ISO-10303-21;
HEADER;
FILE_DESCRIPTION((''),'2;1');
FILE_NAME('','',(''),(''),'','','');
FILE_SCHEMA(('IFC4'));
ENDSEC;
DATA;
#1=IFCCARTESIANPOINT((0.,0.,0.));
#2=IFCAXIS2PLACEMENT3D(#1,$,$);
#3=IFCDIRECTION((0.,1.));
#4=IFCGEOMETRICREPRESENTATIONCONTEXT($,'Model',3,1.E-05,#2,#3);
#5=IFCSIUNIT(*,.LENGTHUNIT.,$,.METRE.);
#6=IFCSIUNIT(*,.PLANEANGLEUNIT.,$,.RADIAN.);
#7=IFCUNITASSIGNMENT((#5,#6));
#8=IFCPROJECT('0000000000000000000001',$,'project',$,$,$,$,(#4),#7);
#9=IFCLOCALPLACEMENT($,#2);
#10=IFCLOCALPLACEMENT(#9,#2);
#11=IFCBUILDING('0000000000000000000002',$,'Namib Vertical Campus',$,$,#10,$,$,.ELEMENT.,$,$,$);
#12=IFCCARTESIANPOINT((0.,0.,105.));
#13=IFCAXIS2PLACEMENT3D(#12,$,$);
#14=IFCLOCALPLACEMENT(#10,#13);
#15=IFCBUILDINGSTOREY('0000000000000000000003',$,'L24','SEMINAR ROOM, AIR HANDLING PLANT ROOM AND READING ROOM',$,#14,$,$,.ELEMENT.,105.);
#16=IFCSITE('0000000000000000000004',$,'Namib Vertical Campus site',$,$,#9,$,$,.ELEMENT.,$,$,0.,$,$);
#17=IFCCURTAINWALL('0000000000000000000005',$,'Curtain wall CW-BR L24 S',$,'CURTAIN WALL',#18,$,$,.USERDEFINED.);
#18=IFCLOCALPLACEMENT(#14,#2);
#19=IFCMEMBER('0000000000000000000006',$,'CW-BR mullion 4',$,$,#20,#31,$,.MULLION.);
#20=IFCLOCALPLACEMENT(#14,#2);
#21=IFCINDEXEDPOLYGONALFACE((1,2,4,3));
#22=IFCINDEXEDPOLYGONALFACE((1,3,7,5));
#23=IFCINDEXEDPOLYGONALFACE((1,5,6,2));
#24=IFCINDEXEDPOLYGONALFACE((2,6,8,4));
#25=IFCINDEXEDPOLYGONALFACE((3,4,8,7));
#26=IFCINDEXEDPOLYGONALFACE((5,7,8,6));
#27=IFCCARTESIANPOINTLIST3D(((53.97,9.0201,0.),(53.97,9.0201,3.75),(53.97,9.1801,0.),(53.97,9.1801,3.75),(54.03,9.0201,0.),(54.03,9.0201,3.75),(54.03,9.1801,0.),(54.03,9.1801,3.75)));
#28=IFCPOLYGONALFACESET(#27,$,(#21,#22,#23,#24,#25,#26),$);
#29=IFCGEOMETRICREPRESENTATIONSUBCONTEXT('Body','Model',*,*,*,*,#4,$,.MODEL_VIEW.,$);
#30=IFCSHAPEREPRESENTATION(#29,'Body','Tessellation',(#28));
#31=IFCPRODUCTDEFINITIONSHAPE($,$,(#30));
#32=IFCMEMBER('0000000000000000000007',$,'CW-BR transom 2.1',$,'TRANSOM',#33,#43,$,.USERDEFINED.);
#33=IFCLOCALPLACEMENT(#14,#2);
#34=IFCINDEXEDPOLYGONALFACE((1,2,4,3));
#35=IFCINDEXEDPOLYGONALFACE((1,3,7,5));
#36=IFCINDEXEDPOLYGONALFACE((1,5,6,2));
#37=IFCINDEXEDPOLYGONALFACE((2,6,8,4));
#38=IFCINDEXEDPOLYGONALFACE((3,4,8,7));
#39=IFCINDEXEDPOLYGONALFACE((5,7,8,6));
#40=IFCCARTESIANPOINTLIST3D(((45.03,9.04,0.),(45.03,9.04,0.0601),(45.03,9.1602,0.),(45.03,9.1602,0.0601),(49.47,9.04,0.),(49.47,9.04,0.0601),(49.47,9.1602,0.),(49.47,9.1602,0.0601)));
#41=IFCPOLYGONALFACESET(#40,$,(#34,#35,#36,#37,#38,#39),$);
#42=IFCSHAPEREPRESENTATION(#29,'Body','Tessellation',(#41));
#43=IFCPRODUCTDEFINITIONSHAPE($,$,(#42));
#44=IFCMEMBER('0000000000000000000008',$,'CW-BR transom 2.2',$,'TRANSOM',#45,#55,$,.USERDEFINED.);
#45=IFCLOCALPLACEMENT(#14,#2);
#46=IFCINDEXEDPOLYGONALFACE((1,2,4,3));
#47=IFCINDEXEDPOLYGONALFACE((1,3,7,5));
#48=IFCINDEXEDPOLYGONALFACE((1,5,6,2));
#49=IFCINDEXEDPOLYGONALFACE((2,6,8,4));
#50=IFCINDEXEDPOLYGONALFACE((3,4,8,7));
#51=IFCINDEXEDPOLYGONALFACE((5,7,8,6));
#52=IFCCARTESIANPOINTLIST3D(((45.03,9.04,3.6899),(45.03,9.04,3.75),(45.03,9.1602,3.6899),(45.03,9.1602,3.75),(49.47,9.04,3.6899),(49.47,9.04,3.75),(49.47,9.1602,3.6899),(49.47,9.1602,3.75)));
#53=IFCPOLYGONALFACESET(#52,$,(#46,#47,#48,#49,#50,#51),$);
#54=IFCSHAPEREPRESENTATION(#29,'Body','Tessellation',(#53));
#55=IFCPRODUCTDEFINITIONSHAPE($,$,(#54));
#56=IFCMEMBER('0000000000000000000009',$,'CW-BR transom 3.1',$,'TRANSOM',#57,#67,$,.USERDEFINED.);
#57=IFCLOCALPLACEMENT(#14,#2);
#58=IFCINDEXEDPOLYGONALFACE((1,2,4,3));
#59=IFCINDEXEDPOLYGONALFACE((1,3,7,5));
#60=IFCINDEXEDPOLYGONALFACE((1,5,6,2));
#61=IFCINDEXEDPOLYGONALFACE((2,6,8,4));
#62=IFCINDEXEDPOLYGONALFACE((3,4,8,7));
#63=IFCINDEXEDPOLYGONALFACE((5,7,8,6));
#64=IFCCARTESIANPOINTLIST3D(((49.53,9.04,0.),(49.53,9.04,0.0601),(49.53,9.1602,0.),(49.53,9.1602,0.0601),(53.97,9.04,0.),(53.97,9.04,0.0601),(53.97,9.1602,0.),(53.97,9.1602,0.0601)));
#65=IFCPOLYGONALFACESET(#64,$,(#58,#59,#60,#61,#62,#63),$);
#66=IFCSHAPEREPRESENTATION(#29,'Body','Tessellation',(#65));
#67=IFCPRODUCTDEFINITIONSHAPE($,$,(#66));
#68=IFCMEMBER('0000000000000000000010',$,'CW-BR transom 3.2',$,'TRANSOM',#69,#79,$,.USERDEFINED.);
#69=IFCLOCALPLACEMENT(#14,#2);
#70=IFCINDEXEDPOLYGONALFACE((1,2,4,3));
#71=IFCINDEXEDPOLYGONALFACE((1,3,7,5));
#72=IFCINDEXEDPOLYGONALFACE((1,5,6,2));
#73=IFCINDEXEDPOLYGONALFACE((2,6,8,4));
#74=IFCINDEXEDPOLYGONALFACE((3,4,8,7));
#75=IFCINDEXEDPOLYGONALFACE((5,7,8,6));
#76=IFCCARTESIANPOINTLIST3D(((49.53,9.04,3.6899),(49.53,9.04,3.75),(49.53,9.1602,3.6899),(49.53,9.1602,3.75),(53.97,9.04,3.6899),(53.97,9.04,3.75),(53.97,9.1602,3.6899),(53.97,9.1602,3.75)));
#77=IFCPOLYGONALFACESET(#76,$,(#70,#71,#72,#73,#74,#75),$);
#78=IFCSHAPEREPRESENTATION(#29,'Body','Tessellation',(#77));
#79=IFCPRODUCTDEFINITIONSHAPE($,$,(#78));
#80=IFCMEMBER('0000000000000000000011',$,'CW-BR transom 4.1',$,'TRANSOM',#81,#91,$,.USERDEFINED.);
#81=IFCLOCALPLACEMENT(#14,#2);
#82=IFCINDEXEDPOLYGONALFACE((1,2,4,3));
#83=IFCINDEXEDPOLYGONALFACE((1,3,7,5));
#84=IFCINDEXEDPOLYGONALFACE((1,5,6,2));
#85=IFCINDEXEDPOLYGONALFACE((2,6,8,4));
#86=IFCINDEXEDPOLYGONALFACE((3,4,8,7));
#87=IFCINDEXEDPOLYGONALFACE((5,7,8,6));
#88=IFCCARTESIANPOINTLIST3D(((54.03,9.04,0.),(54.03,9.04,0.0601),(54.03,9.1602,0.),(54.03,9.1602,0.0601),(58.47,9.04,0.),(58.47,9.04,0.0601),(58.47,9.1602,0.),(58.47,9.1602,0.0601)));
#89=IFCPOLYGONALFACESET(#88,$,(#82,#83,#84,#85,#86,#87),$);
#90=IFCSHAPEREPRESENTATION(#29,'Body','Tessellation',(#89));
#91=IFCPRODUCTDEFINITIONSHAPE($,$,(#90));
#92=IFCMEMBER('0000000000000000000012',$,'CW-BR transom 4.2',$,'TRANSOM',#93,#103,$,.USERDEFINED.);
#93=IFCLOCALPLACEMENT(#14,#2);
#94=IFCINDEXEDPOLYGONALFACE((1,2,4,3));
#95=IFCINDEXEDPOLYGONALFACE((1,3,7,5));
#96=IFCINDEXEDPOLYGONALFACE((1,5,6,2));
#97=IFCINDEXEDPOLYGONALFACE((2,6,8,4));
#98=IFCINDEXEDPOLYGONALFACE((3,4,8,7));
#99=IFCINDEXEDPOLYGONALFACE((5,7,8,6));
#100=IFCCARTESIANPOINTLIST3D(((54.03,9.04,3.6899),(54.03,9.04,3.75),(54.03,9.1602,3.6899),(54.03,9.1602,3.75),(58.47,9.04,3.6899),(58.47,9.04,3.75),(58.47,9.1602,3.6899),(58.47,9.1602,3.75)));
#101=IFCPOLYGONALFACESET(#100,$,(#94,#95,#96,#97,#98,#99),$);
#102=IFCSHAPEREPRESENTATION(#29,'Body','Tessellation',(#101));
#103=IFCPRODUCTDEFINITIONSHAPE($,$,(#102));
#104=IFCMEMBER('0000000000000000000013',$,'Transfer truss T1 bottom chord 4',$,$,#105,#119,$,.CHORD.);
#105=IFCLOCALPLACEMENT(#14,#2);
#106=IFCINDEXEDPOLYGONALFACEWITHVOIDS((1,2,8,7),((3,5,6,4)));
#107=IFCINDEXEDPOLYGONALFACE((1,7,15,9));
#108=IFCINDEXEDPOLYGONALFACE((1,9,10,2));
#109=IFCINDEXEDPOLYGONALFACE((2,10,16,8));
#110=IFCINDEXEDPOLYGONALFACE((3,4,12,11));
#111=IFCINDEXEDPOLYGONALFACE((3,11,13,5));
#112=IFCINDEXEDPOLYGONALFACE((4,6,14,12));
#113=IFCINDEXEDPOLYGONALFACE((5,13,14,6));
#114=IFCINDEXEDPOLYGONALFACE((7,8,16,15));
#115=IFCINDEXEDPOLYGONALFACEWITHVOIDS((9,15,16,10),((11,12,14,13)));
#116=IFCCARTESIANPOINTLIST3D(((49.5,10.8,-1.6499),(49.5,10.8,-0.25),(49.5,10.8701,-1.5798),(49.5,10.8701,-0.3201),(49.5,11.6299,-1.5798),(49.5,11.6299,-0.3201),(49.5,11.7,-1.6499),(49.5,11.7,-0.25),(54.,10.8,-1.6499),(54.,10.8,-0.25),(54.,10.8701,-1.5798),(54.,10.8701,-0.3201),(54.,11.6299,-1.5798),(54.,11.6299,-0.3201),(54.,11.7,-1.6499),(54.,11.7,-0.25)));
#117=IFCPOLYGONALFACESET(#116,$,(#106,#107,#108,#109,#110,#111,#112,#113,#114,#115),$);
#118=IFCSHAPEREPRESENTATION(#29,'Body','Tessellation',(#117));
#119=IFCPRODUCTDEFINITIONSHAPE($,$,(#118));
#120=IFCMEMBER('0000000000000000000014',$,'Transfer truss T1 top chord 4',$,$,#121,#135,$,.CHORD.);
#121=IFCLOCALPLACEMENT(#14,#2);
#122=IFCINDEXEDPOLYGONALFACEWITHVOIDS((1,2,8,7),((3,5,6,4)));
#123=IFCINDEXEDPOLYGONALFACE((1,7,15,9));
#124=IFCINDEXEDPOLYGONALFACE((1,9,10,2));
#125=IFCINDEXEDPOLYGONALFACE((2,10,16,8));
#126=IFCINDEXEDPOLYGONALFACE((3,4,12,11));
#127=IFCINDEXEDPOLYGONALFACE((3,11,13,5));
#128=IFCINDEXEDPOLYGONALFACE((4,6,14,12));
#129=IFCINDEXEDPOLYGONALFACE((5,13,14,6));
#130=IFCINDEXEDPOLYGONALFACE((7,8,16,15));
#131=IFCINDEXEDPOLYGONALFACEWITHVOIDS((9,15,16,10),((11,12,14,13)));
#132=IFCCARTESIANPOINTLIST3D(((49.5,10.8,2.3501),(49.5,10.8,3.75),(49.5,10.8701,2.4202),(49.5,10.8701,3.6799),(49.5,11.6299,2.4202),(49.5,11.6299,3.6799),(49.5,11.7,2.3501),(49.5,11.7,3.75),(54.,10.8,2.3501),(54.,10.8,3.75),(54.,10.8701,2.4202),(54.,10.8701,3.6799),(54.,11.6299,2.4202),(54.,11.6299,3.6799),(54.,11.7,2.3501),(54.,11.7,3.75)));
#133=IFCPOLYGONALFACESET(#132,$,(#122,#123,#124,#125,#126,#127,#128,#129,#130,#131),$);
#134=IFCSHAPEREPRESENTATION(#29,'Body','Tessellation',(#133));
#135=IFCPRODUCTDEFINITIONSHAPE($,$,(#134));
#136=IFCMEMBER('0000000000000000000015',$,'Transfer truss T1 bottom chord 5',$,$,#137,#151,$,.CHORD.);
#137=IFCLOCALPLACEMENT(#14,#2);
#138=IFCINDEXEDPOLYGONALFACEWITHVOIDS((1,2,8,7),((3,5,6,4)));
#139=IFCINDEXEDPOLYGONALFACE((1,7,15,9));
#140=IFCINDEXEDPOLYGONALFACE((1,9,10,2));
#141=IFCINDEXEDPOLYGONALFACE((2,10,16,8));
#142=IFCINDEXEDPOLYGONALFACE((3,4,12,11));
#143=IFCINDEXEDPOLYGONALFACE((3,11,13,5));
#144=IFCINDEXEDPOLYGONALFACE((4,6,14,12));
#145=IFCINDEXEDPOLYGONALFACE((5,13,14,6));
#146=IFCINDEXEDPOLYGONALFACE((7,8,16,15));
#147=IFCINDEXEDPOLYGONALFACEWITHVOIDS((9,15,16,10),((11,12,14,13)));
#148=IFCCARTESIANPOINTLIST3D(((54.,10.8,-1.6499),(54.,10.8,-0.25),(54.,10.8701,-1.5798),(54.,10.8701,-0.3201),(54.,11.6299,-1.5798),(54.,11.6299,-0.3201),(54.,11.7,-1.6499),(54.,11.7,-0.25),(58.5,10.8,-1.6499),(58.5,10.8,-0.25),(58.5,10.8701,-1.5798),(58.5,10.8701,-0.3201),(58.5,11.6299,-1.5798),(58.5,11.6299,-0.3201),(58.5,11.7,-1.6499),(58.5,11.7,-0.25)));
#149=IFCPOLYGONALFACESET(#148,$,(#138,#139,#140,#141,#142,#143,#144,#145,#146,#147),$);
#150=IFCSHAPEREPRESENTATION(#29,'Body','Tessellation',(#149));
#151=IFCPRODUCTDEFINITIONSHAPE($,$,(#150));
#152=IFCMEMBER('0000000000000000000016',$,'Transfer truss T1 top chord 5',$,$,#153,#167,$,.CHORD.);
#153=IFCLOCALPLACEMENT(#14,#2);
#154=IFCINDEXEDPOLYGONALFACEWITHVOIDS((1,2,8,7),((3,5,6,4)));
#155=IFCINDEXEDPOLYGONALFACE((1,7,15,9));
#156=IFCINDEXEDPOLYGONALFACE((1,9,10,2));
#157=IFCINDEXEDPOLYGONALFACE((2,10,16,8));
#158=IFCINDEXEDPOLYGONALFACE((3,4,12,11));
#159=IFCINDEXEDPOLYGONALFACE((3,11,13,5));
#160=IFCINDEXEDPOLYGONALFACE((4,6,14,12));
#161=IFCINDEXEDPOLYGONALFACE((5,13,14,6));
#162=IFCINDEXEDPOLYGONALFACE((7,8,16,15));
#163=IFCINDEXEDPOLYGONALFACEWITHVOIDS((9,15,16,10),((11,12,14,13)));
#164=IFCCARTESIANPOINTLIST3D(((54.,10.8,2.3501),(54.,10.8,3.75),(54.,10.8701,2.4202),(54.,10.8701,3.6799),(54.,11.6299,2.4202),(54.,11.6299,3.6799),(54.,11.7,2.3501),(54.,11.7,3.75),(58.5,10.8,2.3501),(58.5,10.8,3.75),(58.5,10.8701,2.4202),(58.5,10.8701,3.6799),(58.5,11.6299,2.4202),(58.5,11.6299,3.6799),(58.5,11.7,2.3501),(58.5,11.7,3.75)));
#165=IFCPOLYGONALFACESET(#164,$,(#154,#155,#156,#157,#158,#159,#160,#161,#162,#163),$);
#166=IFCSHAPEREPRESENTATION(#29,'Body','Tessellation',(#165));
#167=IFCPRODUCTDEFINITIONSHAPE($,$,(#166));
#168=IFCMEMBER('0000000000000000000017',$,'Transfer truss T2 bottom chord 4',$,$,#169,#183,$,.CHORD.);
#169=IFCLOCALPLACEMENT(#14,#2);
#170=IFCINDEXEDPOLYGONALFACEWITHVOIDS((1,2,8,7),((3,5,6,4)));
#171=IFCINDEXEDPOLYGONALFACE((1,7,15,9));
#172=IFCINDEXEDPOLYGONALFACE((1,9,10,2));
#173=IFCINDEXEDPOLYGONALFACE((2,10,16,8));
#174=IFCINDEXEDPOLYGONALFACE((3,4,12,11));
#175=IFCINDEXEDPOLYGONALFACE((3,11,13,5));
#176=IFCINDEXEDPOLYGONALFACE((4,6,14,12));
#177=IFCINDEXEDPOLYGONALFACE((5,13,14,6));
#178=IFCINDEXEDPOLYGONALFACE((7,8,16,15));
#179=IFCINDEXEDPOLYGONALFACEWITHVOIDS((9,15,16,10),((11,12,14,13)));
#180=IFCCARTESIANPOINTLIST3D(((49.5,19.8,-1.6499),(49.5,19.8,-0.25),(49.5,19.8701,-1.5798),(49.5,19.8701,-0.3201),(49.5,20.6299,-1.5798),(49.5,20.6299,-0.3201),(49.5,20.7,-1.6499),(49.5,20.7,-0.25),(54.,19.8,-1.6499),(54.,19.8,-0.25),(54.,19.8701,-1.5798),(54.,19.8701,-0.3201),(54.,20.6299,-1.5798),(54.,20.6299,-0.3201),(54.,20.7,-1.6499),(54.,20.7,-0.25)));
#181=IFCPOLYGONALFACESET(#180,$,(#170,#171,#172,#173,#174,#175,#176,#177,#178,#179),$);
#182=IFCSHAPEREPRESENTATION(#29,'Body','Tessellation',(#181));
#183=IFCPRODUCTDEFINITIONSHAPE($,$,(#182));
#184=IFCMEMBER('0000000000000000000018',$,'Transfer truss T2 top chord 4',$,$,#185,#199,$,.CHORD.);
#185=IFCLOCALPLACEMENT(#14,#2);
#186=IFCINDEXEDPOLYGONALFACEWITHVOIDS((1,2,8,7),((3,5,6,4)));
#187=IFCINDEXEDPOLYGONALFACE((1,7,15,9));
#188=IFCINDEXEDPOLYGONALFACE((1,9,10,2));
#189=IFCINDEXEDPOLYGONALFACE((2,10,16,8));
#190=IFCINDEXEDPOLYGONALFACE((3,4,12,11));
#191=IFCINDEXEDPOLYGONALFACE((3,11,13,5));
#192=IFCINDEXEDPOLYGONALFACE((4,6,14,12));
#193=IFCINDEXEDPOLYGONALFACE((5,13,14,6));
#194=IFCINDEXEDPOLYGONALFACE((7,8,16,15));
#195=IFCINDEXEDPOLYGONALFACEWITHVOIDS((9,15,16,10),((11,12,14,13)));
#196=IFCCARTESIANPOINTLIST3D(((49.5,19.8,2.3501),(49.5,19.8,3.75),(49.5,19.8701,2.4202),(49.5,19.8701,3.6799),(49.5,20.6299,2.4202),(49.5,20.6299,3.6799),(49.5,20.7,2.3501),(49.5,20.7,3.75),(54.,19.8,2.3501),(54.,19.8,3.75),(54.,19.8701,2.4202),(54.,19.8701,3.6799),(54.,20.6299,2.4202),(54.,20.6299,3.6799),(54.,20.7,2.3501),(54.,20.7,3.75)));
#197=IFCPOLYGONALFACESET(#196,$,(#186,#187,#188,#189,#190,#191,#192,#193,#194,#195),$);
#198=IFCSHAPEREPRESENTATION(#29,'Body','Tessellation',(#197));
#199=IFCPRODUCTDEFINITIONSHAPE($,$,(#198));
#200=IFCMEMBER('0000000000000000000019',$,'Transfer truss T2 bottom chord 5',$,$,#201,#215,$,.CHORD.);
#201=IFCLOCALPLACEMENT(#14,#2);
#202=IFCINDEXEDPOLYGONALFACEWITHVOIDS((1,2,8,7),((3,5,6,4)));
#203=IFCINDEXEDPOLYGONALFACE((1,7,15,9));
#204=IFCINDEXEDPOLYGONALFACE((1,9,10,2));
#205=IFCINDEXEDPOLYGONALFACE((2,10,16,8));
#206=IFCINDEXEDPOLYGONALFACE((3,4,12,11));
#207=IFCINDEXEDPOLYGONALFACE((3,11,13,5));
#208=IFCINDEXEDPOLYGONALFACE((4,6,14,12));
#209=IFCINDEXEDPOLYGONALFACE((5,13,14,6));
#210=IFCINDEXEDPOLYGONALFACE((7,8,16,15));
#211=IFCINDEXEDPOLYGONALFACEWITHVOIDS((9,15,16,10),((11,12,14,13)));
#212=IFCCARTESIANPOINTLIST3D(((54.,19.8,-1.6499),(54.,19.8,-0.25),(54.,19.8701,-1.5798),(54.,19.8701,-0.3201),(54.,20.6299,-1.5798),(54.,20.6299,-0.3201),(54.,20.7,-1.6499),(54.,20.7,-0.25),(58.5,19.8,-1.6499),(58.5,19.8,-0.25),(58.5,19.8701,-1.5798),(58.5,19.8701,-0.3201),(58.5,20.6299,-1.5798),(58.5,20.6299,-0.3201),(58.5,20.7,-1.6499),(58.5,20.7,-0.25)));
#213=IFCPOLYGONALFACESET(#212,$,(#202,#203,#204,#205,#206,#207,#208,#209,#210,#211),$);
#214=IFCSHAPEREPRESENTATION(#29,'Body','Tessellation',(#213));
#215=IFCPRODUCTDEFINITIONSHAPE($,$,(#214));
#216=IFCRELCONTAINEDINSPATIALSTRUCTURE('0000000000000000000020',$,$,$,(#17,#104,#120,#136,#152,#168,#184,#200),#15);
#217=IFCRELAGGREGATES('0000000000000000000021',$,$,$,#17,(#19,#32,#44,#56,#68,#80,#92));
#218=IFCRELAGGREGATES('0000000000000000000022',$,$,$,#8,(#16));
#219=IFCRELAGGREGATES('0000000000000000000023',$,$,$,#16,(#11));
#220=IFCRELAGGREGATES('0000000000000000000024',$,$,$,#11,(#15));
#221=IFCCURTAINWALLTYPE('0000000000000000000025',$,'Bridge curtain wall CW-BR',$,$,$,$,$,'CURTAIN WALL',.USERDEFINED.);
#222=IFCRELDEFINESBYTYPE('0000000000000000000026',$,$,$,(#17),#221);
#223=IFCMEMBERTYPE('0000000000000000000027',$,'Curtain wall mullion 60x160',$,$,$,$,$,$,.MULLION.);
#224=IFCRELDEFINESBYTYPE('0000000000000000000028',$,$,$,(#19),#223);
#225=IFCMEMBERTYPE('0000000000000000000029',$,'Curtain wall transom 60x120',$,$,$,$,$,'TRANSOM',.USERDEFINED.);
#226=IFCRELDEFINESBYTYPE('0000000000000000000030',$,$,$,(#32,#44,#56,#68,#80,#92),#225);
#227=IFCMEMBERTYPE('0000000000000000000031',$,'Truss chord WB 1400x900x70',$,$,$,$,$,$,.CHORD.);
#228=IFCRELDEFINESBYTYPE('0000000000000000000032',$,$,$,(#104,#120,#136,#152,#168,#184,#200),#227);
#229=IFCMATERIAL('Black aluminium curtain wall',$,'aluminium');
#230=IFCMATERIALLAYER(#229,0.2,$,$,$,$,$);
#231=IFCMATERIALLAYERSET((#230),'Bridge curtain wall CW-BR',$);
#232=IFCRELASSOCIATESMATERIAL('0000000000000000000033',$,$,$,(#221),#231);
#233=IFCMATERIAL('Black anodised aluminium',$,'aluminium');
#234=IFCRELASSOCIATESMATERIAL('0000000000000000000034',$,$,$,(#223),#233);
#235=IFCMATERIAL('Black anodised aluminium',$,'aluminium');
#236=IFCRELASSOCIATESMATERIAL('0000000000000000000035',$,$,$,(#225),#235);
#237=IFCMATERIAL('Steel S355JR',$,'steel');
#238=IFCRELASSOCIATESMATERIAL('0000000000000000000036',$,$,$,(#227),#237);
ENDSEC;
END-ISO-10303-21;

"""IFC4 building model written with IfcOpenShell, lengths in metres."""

from ifc_helpers import new_model, si_unit, direction, frame, origin, origin_2d, place, context, subcontext, project, spatial, rectangle, hollow_rectangle, extrude, material, layer, layer_set, material_profile, profile_set, type_object, element, aggregate, save


model = new_model("IFC4")

# Units and contexts
model_context = context("Model", 3, precision=1e-05, world=origin(), true_north=direction((0.0, 1.0)))
body_context = subcontext(model_context, "Body", "Model", "MODEL_VIEW")
ifc_project = project(units=[si_unit("LENGTHUNIT", "METRE"), si_unit("PLANEANGLEUNIT", "RADIAN")], contexts=[model_context])

# Site, building, storey
site_placement = place(None, origin())
site = spatial("IfcSite", under=ifc_project, at=site_placement, Name="Namib Vertical Campus site", CompositionType="ELEMENT", RefElevation=0.0)
building_placement = place(site_placement, origin())
building = spatial("IfcBuilding", under=site, at=building_placement, Name="Namib Vertical Campus", CompositionType="ELEMENT")
storey_placement = place(building_placement, frame((0.0, 0.0, 105.0)))
storey = spatial("IfcBuildingStorey", under=building, at=storey_placement, Name="L24", Description="SEMINAR ROOM, AIR HANDLING PLANT ROOM AND READING ROOM", CompositionType="ELEMENT", Elevation=105.0)

# Curtain wall, members
ifc_material_1 = material(Name="Black aluminium curtain wall", Category="aluminium")
ifc_layer_1 = layer(ifc_material_1, 0.2)
ifc_layer_set_1 = layer_set([ifc_layer_1], Name="Bridge curtain wall CW-BR")
curtain_wall_type = type_object("IfcCurtainWallType", Name="Bridge curtain wall CW-BR", ElementType="CURTAIN WALL", PredefinedType="USERDEFINED", material=ifc_layer_set_1)
curtain_wall_placement = place(storey_placement, origin())
curtain_wall = element("IfcCurtainWall", 1, at=curtain_wall_placement, inside=storey, type_object=curtain_wall_type, Name="Curtain wall CW-BR L24 S", ObjectType="CURTAIN WALL", PredefinedType="USERDEFINED")
ifc_material_2 = material(Name="Black anodised aluminium", Category="aluminium")
ifc_material_profile_1 = material_profile(ifc_material_2, rectangle(XDim=0.0601, YDim=0.1599, at=origin_2d()))
ifc_profile_set_1 = profile_set([ifc_material_profile_1], Name="Black anodised aluminium")
member_type_1 = type_object("IfcMemberType", Name="Curtain wall mullion 60x160", PredefinedType="MULLION", material=ifc_profile_set_1)
member_1_placement = place(storey_placement, frame((54.0, 9.1001, 0.0), z_axis=(0.0, 0.0, 1.0), x_axis=(1.0, 0.0, 0.0)))
member_1 = element("IfcMember", 2, at=member_1_placement, type_object=member_type_1, Name="CW-BR mullion 4", PredefinedType="MULLION", context=body_context, shape_type="SweptSolid", body=[
    extrude(rectangle(XDim=0.0601, YDim=0.1599, at=origin_2d()), origin(), (0.0, 0.0, 1.0), 3.75),
])
ifc_material_3 = material(Name="Black anodised aluminium", Category="aluminium")
ifc_material_profile_2 = material_profile(ifc_material_3, rectangle(XDim=0.0601, YDim=0.1201, at=origin_2d()))
ifc_profile_set_2 = profile_set([ifc_material_profile_2], Name="Black anodised aluminium")
member_type_2 = type_object("IfcMemberType", Name="Curtain wall transom 60x120", ElementType="TRANSOM", PredefinedType="USERDEFINED", material=ifc_profile_set_2)
member_2_placement = place(storey_placement, frame((45.03, 9.1001, 0.03), z_axis=(1.0, 0.0, 0.0), x_axis=(0.0, 0.0, 1.0)))
member_2 = element("IfcMember", 3, at=member_2_placement, type_object=member_type_2, Name="CW-BR transom 2.1", ObjectType="TRANSOM", PredefinedType="USERDEFINED", context=body_context, shape_type="SweptSolid", body=[
    extrude(rectangle(XDim=0.0601, YDim=0.1201, at=origin_2d()), origin(), (0.0, 0.0, 1.0), 4.4399),
])
member_3_placement = place(storey_placement, frame((45.03, 9.1001, 3.72), z_axis=(1.0, 0.0, 0.0), x_axis=(0.0, 0.0, 1.0)))
member_3 = element("IfcMember", 4, at=member_3_placement, type_object=member_type_2, Name="CW-BR transom 2.2", ObjectType="TRANSOM", PredefinedType="USERDEFINED", context=body_context, shape_type="SweptSolid", body=[
    extrude(rectangle(XDim=0.0601, YDim=0.1201, at=origin_2d()), origin(), (0.0, 0.0, 1.0), 4.4399),
])
member_4_placement = place(storey_placement, frame((49.53, 9.1001, 0.03), z_axis=(1.0, 0.0, 0.0), x_axis=(0.0, 0.0, 1.0)))
member_4 = element("IfcMember", 5, at=member_4_placement, type_object=member_type_2, Name="CW-BR transom 3.1", ObjectType="TRANSOM", PredefinedType="USERDEFINED", context=body_context, shape_type="SweptSolid", body=[
    extrude(rectangle(XDim=0.0601, YDim=0.1201, at=origin_2d()), origin(), (0.0, 0.0, 1.0), 4.4399),
])
member_5_placement = place(storey_placement, frame((49.53, 9.1001, 3.72), z_axis=(1.0, 0.0, 0.0), x_axis=(0.0, 0.0, 1.0)))
member_5 = element("IfcMember", 6, at=member_5_placement, type_object=member_type_2, Name="CW-BR transom 3.2", ObjectType="TRANSOM", PredefinedType="USERDEFINED", context=body_context, shape_type="SweptSolid", body=[
    extrude(rectangle(XDim=0.0601, YDim=0.1201, at=origin_2d()), origin(), (0.0, 0.0, 1.0), 4.4399),
])
member_6_placement = place(storey_placement, frame((54.03, 9.1001, 0.03), z_axis=(1.0, 0.0, 0.0), x_axis=(0.0, 0.0, 1.0)))
member_6 = element("IfcMember", 7, at=member_6_placement, type_object=member_type_2, Name="CW-BR transom 4.1", ObjectType="TRANSOM", PredefinedType="USERDEFINED", context=body_context, shape_type="SweptSolid", body=[
    extrude(rectangle(XDim=0.0601, YDim=0.1201, at=origin_2d()), origin(), (0.0, 0.0, 1.0), 4.4399),
])
member_7_placement = place(storey_placement, frame((54.03, 9.1001, 3.72), z_axis=(1.0, 0.0, 0.0), x_axis=(0.0, 0.0, 1.0)))
member_7 = element("IfcMember", 8, at=member_7_placement, type_object=member_type_2, Name="CW-BR transom 4.2", ObjectType="TRANSOM", PredefinedType="USERDEFINED", context=body_context, shape_type="SweptSolid", body=[
    extrude(rectangle(XDim=0.0601, YDim=0.1201, at=origin_2d()), origin(), (0.0, 0.0, 1.0), 4.4399),
])

# Members
ifc_material_4 = material(Name="Steel S355JR", Category="steel")
ifc_material_profile_3 = material_profile(ifc_material_4, hollow_rectangle(XDim=0.8999, YDim=1.3999, WallThickness=0.0701, at=origin_2d()))
ifc_profile_set_3 = profile_set([ifc_material_profile_3], Name="Steel S355JR")
member_type_3 = type_object("IfcMemberType", Name="Truss chord WB 1400x900x70", PredefinedType="CHORD", material=ifc_profile_set_3)
for number, where, z_axis, x_axis, name in (
    (9, (49.5, 11.25, -0.95), (1.0, 0.0, 0.0), (0.0, 1.0, 0.0), "Transfer truss T1 bottom chord 4"),
    (10, (49.5, 11.25, 3.05), (1.0, 0.0, 0.0), (0.0, 1.0, 0.0), "Transfer truss T1 top chord 4"),
    (11, (54.0, 11.25, -0.95), (1.0, 0.0, 0.0), (0.0, 1.0, 0.0), "Transfer truss T1 bottom chord 5"),
    (12, (54.0, 11.25, 3.05), (1.0, 0.0, 0.0), (0.0, 1.0, 0.0), "Transfer truss T1 top chord 5"),
    (13, (49.5, 20.25, -0.95), (1.0, 0.0, 0.0), (0.0, 1.0, 0.0), "Transfer truss T2 bottom chord 4"),
    (14, (49.5, 20.25, 3.05), (1.0, 0.0, 0.0), (0.0, 1.0, 0.0), "Transfer truss T2 top chord 4"),
    (15, (54.0, 20.25, -0.95), (1.0, 0.0, 0.0), (0.0, 1.0, 0.0), "Transfer truss T2 bottom chord 5"),
):
    element("IfcMember", number, at=place(storey_placement, frame(where, z_axis=z_axis, x_axis=x_axis)), inside=storey, type_object=member_type_3, Name=name, PredefinedType="CHORD", context=body_context, shape_type="SweptSolid", body=[
        extrude(hollow_rectangle(XDim=0.8999, YDim=1.3999, WallThickness=0.0701, at=origin_2d()), origin(), (0.0, 0.0, 1.0), 4.5),
    ])

aggregate(curtain_wall, [member_1, member_2, member_3, member_4, member_5, member_6, member_7])

save(model, "model.ifc")
